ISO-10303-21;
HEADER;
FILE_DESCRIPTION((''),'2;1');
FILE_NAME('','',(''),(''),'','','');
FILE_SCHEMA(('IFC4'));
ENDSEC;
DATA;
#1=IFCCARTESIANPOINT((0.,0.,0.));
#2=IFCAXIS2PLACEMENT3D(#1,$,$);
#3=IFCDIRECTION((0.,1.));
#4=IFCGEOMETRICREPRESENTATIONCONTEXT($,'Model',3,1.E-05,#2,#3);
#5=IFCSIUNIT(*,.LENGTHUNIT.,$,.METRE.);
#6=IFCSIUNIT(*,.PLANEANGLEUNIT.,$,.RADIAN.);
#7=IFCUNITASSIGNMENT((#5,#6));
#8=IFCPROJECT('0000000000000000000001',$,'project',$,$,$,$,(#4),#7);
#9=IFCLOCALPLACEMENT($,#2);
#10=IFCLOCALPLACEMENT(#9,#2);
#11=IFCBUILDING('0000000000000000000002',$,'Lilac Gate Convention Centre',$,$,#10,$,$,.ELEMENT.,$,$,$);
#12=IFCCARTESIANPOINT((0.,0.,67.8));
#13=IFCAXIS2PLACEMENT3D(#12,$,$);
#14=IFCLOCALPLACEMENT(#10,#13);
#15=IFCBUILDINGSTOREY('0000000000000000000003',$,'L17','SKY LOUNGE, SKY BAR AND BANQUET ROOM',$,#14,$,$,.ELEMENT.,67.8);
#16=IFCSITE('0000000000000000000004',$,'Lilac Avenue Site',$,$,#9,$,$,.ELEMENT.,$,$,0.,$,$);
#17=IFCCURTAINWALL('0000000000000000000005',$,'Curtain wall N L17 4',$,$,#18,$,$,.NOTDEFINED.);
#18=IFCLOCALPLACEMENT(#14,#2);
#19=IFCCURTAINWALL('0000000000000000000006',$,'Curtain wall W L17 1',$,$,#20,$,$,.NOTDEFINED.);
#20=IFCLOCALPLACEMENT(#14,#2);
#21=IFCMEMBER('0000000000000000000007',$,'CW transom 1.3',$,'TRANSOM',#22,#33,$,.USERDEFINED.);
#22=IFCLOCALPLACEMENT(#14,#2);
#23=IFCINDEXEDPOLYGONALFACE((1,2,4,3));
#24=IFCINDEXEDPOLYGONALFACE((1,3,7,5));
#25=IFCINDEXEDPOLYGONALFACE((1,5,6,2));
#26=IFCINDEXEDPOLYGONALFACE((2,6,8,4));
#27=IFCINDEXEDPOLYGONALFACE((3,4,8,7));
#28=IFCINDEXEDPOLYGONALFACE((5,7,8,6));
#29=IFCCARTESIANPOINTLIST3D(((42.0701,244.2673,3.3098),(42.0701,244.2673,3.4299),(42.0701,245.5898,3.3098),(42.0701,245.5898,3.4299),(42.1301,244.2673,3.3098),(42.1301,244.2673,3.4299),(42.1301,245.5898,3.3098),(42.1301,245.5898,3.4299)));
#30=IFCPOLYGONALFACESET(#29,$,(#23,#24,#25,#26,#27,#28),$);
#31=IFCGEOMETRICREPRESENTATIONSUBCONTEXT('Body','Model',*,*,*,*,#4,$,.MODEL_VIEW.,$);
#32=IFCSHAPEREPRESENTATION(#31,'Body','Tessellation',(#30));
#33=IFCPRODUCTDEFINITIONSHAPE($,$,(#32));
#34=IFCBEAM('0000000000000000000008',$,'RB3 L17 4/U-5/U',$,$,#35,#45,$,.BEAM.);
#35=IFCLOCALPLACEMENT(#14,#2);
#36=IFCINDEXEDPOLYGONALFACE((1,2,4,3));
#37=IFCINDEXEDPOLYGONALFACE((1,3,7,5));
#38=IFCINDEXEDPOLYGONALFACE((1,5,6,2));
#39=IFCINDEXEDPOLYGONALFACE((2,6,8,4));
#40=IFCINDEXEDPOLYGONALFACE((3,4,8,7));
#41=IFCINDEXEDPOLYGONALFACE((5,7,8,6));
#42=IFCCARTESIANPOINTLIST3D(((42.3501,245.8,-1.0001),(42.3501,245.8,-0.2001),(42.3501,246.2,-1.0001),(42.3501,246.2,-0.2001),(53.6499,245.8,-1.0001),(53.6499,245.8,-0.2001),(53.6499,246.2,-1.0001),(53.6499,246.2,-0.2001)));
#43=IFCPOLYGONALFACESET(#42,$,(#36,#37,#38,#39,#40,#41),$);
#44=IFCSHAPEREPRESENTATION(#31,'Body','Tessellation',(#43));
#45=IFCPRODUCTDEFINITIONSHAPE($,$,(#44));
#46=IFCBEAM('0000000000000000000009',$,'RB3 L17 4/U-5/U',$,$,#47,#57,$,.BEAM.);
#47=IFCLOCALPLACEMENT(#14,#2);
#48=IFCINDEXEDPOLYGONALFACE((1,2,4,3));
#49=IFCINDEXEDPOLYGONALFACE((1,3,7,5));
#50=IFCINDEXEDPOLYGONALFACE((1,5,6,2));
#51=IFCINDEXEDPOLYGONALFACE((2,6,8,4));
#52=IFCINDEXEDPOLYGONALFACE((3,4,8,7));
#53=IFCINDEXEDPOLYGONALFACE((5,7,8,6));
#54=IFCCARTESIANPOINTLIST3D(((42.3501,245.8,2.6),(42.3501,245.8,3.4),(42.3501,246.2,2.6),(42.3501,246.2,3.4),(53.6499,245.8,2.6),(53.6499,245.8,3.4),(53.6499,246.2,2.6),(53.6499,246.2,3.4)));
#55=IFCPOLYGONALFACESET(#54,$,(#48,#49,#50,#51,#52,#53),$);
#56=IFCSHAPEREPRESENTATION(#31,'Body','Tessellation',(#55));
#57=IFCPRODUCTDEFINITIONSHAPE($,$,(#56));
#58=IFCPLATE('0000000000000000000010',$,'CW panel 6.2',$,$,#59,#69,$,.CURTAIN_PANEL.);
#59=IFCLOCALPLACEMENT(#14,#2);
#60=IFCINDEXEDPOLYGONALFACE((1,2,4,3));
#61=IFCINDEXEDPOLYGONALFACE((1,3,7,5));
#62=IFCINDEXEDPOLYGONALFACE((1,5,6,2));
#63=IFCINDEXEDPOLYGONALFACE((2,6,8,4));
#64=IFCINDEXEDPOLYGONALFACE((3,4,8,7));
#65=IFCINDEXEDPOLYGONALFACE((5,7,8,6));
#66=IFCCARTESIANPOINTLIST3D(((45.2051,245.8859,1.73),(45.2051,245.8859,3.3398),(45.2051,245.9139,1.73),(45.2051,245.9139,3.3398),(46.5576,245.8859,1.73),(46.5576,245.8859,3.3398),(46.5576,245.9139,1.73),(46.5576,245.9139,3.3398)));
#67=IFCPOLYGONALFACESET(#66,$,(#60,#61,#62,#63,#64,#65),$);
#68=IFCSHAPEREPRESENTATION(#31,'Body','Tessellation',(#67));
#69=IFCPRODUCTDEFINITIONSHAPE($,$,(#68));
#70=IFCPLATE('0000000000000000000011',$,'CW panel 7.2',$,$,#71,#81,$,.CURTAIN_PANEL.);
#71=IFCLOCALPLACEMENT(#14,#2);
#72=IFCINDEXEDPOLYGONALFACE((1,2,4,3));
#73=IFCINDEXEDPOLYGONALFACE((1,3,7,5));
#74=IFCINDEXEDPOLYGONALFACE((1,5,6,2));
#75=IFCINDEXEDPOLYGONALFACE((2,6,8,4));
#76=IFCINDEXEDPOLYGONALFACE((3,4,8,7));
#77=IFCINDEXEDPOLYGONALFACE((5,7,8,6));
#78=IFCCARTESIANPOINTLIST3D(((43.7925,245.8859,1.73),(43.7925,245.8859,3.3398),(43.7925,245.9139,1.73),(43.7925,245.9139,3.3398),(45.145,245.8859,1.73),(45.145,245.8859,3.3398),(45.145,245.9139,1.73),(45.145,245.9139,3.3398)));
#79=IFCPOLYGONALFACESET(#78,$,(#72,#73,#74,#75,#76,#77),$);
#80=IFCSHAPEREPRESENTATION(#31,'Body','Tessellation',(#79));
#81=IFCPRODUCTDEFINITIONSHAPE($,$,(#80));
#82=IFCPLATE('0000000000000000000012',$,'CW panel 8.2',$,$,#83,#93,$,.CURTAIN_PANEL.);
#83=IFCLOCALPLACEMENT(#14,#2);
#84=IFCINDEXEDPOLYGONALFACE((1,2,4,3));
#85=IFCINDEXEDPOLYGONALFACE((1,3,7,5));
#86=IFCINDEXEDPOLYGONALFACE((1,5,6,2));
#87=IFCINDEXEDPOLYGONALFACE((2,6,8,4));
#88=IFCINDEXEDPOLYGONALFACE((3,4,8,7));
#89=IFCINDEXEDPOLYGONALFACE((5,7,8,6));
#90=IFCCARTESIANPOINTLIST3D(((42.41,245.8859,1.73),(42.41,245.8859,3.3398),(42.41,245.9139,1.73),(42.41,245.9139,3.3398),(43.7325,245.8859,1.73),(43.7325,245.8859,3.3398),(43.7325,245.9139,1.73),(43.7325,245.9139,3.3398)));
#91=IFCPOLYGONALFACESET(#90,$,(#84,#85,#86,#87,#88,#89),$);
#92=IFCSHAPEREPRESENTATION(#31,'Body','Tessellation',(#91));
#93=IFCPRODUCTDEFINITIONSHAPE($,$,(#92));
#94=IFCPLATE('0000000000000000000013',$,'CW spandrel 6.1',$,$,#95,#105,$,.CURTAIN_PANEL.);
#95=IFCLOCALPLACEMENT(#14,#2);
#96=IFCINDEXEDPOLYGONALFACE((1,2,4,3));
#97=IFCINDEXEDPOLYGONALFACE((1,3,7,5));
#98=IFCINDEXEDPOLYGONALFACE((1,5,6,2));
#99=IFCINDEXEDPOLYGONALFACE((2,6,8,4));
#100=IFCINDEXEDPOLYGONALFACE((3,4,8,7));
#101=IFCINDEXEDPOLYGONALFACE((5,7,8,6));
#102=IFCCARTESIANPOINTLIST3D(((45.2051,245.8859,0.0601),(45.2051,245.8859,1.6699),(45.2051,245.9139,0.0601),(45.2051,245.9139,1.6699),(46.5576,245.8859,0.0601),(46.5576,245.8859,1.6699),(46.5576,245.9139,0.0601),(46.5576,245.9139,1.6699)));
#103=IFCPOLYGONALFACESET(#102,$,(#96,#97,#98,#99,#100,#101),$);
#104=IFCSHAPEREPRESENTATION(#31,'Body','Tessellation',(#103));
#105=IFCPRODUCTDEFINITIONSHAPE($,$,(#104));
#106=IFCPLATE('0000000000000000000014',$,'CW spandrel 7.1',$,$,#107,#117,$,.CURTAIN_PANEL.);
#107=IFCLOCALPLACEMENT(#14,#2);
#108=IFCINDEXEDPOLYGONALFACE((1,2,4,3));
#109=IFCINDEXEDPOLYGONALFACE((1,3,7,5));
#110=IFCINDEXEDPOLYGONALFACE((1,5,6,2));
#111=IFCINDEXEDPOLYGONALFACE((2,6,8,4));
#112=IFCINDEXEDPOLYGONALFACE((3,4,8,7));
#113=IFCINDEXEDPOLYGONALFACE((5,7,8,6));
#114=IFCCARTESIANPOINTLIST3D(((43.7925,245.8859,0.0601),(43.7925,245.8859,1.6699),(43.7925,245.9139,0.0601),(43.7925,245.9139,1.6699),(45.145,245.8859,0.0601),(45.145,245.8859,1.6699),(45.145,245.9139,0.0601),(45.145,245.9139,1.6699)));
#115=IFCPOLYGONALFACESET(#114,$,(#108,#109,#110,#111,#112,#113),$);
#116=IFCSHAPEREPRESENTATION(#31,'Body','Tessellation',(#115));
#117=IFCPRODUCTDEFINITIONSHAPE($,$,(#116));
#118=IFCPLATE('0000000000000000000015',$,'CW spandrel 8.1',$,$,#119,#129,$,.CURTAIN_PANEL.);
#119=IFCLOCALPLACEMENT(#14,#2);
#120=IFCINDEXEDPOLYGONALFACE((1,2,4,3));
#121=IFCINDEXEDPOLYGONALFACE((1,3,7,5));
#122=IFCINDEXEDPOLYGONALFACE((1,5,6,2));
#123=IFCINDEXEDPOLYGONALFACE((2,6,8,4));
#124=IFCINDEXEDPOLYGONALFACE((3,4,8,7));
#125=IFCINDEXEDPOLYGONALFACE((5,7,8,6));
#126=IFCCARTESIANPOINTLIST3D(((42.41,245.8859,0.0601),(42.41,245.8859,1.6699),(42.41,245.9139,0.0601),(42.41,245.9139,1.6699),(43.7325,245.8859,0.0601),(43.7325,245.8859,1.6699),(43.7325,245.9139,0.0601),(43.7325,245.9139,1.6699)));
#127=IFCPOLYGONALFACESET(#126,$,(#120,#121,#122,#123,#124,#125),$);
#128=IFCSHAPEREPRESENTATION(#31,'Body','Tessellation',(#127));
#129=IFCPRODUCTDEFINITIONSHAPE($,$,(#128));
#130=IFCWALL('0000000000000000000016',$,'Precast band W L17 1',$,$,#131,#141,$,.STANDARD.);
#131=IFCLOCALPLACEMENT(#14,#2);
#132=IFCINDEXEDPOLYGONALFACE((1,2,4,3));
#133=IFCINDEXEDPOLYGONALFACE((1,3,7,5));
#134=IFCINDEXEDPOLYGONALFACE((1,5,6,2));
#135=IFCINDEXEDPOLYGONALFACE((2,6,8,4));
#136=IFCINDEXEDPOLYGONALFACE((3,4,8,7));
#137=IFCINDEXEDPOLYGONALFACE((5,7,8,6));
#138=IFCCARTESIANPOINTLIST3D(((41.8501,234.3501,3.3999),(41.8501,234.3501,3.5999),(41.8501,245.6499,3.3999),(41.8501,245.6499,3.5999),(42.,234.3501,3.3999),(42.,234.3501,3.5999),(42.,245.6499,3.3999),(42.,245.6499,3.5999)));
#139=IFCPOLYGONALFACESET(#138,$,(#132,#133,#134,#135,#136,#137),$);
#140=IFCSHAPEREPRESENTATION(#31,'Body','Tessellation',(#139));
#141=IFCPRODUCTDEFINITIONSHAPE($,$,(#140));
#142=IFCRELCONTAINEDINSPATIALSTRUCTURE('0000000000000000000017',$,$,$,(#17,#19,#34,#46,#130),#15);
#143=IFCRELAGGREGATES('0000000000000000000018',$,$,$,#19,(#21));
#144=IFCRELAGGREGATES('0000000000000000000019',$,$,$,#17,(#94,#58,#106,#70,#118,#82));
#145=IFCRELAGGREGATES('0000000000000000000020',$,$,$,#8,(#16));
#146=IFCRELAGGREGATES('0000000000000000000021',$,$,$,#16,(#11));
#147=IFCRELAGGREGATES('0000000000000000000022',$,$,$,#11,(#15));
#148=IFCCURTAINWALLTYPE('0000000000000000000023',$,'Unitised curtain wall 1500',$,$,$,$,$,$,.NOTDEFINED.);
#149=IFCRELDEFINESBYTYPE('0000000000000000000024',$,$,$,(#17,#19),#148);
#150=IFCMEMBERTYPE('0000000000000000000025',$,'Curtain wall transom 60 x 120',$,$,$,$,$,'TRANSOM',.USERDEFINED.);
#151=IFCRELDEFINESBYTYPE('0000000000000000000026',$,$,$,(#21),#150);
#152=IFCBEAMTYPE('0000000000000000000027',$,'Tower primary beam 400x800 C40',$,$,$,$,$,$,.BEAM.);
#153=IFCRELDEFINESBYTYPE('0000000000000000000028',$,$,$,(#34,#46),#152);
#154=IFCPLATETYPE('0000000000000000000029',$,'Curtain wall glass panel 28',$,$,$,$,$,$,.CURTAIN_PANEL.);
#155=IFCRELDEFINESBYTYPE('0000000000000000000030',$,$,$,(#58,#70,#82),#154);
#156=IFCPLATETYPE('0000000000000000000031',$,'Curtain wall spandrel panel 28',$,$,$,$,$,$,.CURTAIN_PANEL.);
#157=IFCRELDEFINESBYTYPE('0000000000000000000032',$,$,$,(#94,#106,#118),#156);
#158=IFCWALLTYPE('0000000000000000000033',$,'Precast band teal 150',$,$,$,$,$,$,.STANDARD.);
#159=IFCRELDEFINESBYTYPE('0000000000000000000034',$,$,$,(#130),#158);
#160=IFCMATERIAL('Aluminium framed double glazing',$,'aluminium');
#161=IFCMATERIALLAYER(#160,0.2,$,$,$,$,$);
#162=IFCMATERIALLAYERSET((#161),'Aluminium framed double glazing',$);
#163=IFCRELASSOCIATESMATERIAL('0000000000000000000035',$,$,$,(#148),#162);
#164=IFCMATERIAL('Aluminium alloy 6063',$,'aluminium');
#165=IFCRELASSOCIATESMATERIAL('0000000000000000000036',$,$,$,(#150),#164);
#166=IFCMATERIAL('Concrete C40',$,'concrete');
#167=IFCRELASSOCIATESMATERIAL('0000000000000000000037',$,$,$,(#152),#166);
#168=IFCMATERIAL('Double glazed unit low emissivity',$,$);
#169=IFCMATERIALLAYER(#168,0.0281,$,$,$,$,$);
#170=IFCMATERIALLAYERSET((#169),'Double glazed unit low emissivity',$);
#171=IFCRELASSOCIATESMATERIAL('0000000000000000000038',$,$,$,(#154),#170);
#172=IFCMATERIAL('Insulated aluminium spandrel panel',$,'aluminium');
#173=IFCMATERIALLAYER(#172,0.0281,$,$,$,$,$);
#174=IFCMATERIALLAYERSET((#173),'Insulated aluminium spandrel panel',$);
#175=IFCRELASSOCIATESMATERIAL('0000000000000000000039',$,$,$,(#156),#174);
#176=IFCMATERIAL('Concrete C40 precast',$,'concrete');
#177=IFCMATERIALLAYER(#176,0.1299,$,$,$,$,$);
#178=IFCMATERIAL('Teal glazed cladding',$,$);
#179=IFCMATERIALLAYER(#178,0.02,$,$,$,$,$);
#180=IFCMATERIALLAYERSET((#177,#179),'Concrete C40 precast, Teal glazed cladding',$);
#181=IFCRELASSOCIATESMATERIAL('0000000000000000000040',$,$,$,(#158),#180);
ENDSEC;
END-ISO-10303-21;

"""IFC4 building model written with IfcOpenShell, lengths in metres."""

from ifc_helpers import new_model, si_unit, direction, frame, frame_2d, origin, origin_2d, place, context, subcontext, project, spatial, rectangle, extrude, material, layer, layer_set, material_profile, profile_set, type_object, element, aggregate, save


model = new_model("IFC4")

# Units and contexts
model_context = context("Model", 3, precision=1e-05, world=origin(), true_north=direction((0.0, 1.0)))
body_context = subcontext(model_context, "Body", "Model", "MODEL_VIEW")
ifc_project = project(units=[si_unit("LENGTHUNIT", "METRE"), si_unit("PLANEANGLEUNIT", "RADIAN")], contexts=[model_context])

# Site, building, storey
site_placement = place(None, origin())
site = spatial("IfcSite", under=ifc_project, at=site_placement, Name="Lilac Avenue Site", CompositionType="ELEMENT", RefElevation=0.0)
building_placement = place(site_placement, origin())
building = spatial("IfcBuilding", under=site, at=building_placement, Name="Lilac Gate Convention Centre", CompositionType="ELEMENT")
storey_placement = place(building_placement, frame((0.0, 0.0, 67.8)))
storey = spatial("IfcBuildingStorey", under=building, at=storey_placement, Name="L17", Description="SKY LOUNGE, SKY BAR AND BANQUET ROOM", CompositionType="ELEMENT", Elevation=67.8)

# Shared definitions
ifc_material_1 = material(Name="Concrete C40", Category="concrete")

# Curtain wall
ifc_material_2 = material(Name="Aluminium framed double glazing", Category="aluminium")
ifc_layer_1 = layer(ifc_material_2, 0.2)
ifc_layer_set_1 = layer_set([ifc_layer_1], Name="Aluminium framed double glazing")
curtain_wall_type = type_object("IfcCurtainWallType", Name="Unitised curtain wall 1500", PredefinedType="NOTDEFINED", material=ifc_layer_set_1)
curtain_wall_1_placement = place(storey_placement, origin())
curtain_wall_1 = element("IfcCurtainWall", 1, at=curtain_wall_1_placement, inside=storey, type_object=curtain_wall_type, Name="Curtain wall N L17 4", PredefinedType="NOTDEFINED")
ifc_material_3 = material(Name="Aluminium alloy 6063", Category="aluminium")

# Curtain wall
curtain_wall_2_placement = place(storey_placement, origin())
curtain_wall_2 = element("IfcCurtainWall", 2, at=curtain_wall_2_placement, inside=storey, type_object=curtain_wall_type, Name="Curtain wall W L17 1", PredefinedType="NOTDEFINED")

# Member
ifc_material_profile_1 = material_profile(ifc_material_3, rectangle(XDim=0.0601, YDim=0.1201, at=origin_2d()), Name="Curtain wall transom 60 x 120")
ifc_profile_set_1 = profile_set([ifc_material_profile_1], Name="Aluminium alloy 6063")
member_type_1 = type_object("IfcMemberType", Name="Curtain wall transom 60 x 120", ElementType="TRANSOM", PredefinedType="USERDEFINED", material=ifc_profile_set_1)
member_1_placement = place(storey_placement, frame((42.1001, 245.5898, 3.3699), z_axis=(0.0, -1.0, 0.0), x_axis=(1.0, 0.0, 0.0)))
member_1 = element("IfcMember", 3, at=member_1_placement, type_object=member_type_1, Name="CW transom 1.3", ObjectType="TRANSOM", PredefinedType="USERDEFINED", context=body_context, shape_type="SweptSolid", body=[
    extrude(rectangle(XDim=0.0601, YDim=0.1201, at=origin_2d()), origin(), (0.0, 0.0, 1.0), 1.3225),
])
aggregate(curtain_wall_2, [member_1])

# Beams
ifc_material_profile_2 = material_profile(ifc_material_1, rectangle(XDim=0.3999, YDim=0.8, at=origin_2d()), Name="RC 400x800")
ifc_profile_set_2 = profile_set([ifc_material_profile_2], Name="Concrete C40")
beam_type = type_object("IfcBeamType", Name="Tower primary beam 400x800 C40", PredefinedType="BEAM", material=ifc_profile_set_2)
for number, where, z_axis, x_axis, name in (
    (4, (42.3501, 246.0, -0.6001), (1.0, 0.0, 0.0), (0.0, 1.0, 0.0), "RB3 L17 4/U-5/U"),
    (5, (42.3501, 246.0, 3.0), (1.0, 0.0, 0.0), (0.0, 1.0, 0.0), "RB3 L17 4/U-5/U"),
):
    element("IfcBeam", number, at=place(storey_placement, frame(where, z_axis=z_axis, x_axis=x_axis)), inside=storey, type_object=beam_type, Name=name, PredefinedType="BEAM", context=body_context, shape_type="SweptSolid", body=[
        extrude(rectangle(XDim=0.3999, YDim=0.8, at=origin_2d()), origin(), (0.0, 0.0, 1.0), 11.2998),
    ])

# Plates
ifc_material_4 = material(Name="Double glazed unit low emissivity")
ifc_layer_2 = layer(ifc_material_4, 0.0281)
ifc_layer_set_2 = layer_set([ifc_layer_2], Name="Double glazed unit low emissivity")
plate_type_1 = type_object("IfcPlateType", Name="Curtain wall glass panel 28", PredefinedType="CURTAIN_PANEL", material=ifc_layer_set_2)
plate_1_placement = place(storey_placement, frame((45.8813, 245.8999, 1.73), z_axis=(0.0, 0.0, 1.0), x_axis=(-1.0, 0.0, 0.0)))
plate_1 = element("IfcPlate", 6, at=plate_1_placement, type_object=plate_type_1, Name="CW panel 6.2", PredefinedType="CURTAIN_PANEL", context=body_context, shape_type="SweptSolid", body=[
    extrude(rectangle(XDim=1.3525, YDim=0.0281, at=origin_2d()), origin(), (0.0, 0.0, 1.0), 1.6099),
])
plate_2_placement = place(storey_placement, frame((44.4688, 245.8999, 1.73), z_axis=(0.0, 0.0, 1.0), x_axis=(-1.0, 0.0, 0.0)))
plate_2 = element("IfcPlate", 7, at=plate_2_placement, type_object=plate_type_1, Name="CW panel 7.2", PredefinedType="CURTAIN_PANEL", context=body_context, shape_type="SweptSolid", body=[
    extrude(rectangle(XDim=1.3525, YDim=0.0281, at=origin_2d()), origin(), (0.0, 0.0, 1.0), 1.6099),
])
plate_3_placement = place(storey_placement, frame((43.0713, 245.8999, 1.73), z_axis=(0.0, 0.0, 1.0), x_axis=(-1.0, 0.0, 0.0)))
plate_3 = element("IfcPlate", 8, at=plate_3_placement, type_object=plate_type_1, Name="CW panel 8.2", PredefinedType="CURTAIN_PANEL", context=body_context, shape_type="SweptSolid", body=[
    extrude(rectangle(XDim=1.3225, YDim=0.0281, at=origin_2d()), origin(), (0.0, 0.0, 1.0), 1.6099),
])
ifc_material_5 = material(Name="Insulated aluminium spandrel panel", Category="aluminium")
ifc_layer_3 = layer(ifc_material_5, 0.0281)
ifc_layer_set_3 = layer_set([ifc_layer_3], Name="Insulated aluminium spandrel panel")
plate_type_2 = type_object("IfcPlateType", Name="Curtain wall spandrel panel 28", PredefinedType="CURTAIN_PANEL", material=ifc_layer_set_3)
plate_4_placement = place(storey_placement, frame((45.8813, 245.8999, 0.0601), z_axis=(0.0, 0.0, 1.0), x_axis=(-1.0, 0.0, 0.0)))
plate_4 = element("IfcPlate", 9, at=plate_4_placement, type_object=plate_type_2, Name="CW spandrel 6.1", PredefinedType="CURTAIN_PANEL", context=body_context, shape_type="SweptSolid", body=[
    extrude(rectangle(XDim=1.3525, YDim=0.0281, at=origin_2d()), origin(), (0.0, 0.0, 1.0), 1.6099),
])
plate_5_placement = place(storey_placement, frame((44.4688, 245.8999, 0.0601), z_axis=(0.0, 0.0, 1.0), x_axis=(-1.0, 0.0, 0.0)))
plate_5 = element("IfcPlate", 10, at=plate_5_placement, type_object=plate_type_2, Name="CW spandrel 7.1", PredefinedType="CURTAIN_PANEL", context=body_context, shape_type="SweptSolid", body=[
    extrude(rectangle(XDim=1.3525, YDim=0.0281, at=origin_2d()), origin(), (0.0, 0.0, 1.0), 1.6099),
])
plate_6_placement = place(storey_placement, frame((43.0713, 245.8999, 0.0601), z_axis=(0.0, 0.0, 1.0), x_axis=(-1.0, 0.0, 0.0)))
plate_6 = element("IfcPlate", 11, at=plate_6_placement, type_object=plate_type_2, Name="CW spandrel 8.1", PredefinedType="CURTAIN_PANEL", context=body_context, shape_type="SweptSolid", body=[
    extrude(rectangle(XDim=1.3225, YDim=0.0281, at=origin_2d()), origin(), (0.0, 0.0, 1.0), 1.6099),
])
aggregate(curtain_wall_1, [plate_4, plate_1, plate_5, plate_2, plate_6, plate_3])

# Wall
ifc_material_6 = material(Name="Concrete C40 precast", Category="concrete")
ifc_layer_4 = layer(ifc_material_6, 0.1299)
ifc_material_7 = material(Name="Teal glazed cladding")
ifc_layer_5 = layer(ifc_material_7, 0.02)
ifc_layer_set_4 = layer_set([ifc_layer_4, ifc_layer_5], Name="Concrete C40 precast, Teal glazed cladding")
wall_type = type_object("IfcWallType", Name="Precast band teal 150", PredefinedType="STANDARD", material=ifc_layer_set_4)
wall_placement = place(storey_placement, frame((41.925, 245.6499, 3.3999), z_axis=(0.0, 0.0, 1.0), x_axis=(0.0, -1.0, 0.0)))
element("IfcWall", 12, at=wall_placement, inside=storey, type_object=wall_type, Name="Precast band W L17 1", PredefinedType="STANDARD", context=body_context, shape_type="SweptSolid", body=[
    extrude(rectangle(XDim=11.2998, YDim=0.1499, at=frame_2d((5.6499, 0.0))), origin(), (0.0, 0.0, 1.0), 0.2),
])

save(model, "model.ifc")
